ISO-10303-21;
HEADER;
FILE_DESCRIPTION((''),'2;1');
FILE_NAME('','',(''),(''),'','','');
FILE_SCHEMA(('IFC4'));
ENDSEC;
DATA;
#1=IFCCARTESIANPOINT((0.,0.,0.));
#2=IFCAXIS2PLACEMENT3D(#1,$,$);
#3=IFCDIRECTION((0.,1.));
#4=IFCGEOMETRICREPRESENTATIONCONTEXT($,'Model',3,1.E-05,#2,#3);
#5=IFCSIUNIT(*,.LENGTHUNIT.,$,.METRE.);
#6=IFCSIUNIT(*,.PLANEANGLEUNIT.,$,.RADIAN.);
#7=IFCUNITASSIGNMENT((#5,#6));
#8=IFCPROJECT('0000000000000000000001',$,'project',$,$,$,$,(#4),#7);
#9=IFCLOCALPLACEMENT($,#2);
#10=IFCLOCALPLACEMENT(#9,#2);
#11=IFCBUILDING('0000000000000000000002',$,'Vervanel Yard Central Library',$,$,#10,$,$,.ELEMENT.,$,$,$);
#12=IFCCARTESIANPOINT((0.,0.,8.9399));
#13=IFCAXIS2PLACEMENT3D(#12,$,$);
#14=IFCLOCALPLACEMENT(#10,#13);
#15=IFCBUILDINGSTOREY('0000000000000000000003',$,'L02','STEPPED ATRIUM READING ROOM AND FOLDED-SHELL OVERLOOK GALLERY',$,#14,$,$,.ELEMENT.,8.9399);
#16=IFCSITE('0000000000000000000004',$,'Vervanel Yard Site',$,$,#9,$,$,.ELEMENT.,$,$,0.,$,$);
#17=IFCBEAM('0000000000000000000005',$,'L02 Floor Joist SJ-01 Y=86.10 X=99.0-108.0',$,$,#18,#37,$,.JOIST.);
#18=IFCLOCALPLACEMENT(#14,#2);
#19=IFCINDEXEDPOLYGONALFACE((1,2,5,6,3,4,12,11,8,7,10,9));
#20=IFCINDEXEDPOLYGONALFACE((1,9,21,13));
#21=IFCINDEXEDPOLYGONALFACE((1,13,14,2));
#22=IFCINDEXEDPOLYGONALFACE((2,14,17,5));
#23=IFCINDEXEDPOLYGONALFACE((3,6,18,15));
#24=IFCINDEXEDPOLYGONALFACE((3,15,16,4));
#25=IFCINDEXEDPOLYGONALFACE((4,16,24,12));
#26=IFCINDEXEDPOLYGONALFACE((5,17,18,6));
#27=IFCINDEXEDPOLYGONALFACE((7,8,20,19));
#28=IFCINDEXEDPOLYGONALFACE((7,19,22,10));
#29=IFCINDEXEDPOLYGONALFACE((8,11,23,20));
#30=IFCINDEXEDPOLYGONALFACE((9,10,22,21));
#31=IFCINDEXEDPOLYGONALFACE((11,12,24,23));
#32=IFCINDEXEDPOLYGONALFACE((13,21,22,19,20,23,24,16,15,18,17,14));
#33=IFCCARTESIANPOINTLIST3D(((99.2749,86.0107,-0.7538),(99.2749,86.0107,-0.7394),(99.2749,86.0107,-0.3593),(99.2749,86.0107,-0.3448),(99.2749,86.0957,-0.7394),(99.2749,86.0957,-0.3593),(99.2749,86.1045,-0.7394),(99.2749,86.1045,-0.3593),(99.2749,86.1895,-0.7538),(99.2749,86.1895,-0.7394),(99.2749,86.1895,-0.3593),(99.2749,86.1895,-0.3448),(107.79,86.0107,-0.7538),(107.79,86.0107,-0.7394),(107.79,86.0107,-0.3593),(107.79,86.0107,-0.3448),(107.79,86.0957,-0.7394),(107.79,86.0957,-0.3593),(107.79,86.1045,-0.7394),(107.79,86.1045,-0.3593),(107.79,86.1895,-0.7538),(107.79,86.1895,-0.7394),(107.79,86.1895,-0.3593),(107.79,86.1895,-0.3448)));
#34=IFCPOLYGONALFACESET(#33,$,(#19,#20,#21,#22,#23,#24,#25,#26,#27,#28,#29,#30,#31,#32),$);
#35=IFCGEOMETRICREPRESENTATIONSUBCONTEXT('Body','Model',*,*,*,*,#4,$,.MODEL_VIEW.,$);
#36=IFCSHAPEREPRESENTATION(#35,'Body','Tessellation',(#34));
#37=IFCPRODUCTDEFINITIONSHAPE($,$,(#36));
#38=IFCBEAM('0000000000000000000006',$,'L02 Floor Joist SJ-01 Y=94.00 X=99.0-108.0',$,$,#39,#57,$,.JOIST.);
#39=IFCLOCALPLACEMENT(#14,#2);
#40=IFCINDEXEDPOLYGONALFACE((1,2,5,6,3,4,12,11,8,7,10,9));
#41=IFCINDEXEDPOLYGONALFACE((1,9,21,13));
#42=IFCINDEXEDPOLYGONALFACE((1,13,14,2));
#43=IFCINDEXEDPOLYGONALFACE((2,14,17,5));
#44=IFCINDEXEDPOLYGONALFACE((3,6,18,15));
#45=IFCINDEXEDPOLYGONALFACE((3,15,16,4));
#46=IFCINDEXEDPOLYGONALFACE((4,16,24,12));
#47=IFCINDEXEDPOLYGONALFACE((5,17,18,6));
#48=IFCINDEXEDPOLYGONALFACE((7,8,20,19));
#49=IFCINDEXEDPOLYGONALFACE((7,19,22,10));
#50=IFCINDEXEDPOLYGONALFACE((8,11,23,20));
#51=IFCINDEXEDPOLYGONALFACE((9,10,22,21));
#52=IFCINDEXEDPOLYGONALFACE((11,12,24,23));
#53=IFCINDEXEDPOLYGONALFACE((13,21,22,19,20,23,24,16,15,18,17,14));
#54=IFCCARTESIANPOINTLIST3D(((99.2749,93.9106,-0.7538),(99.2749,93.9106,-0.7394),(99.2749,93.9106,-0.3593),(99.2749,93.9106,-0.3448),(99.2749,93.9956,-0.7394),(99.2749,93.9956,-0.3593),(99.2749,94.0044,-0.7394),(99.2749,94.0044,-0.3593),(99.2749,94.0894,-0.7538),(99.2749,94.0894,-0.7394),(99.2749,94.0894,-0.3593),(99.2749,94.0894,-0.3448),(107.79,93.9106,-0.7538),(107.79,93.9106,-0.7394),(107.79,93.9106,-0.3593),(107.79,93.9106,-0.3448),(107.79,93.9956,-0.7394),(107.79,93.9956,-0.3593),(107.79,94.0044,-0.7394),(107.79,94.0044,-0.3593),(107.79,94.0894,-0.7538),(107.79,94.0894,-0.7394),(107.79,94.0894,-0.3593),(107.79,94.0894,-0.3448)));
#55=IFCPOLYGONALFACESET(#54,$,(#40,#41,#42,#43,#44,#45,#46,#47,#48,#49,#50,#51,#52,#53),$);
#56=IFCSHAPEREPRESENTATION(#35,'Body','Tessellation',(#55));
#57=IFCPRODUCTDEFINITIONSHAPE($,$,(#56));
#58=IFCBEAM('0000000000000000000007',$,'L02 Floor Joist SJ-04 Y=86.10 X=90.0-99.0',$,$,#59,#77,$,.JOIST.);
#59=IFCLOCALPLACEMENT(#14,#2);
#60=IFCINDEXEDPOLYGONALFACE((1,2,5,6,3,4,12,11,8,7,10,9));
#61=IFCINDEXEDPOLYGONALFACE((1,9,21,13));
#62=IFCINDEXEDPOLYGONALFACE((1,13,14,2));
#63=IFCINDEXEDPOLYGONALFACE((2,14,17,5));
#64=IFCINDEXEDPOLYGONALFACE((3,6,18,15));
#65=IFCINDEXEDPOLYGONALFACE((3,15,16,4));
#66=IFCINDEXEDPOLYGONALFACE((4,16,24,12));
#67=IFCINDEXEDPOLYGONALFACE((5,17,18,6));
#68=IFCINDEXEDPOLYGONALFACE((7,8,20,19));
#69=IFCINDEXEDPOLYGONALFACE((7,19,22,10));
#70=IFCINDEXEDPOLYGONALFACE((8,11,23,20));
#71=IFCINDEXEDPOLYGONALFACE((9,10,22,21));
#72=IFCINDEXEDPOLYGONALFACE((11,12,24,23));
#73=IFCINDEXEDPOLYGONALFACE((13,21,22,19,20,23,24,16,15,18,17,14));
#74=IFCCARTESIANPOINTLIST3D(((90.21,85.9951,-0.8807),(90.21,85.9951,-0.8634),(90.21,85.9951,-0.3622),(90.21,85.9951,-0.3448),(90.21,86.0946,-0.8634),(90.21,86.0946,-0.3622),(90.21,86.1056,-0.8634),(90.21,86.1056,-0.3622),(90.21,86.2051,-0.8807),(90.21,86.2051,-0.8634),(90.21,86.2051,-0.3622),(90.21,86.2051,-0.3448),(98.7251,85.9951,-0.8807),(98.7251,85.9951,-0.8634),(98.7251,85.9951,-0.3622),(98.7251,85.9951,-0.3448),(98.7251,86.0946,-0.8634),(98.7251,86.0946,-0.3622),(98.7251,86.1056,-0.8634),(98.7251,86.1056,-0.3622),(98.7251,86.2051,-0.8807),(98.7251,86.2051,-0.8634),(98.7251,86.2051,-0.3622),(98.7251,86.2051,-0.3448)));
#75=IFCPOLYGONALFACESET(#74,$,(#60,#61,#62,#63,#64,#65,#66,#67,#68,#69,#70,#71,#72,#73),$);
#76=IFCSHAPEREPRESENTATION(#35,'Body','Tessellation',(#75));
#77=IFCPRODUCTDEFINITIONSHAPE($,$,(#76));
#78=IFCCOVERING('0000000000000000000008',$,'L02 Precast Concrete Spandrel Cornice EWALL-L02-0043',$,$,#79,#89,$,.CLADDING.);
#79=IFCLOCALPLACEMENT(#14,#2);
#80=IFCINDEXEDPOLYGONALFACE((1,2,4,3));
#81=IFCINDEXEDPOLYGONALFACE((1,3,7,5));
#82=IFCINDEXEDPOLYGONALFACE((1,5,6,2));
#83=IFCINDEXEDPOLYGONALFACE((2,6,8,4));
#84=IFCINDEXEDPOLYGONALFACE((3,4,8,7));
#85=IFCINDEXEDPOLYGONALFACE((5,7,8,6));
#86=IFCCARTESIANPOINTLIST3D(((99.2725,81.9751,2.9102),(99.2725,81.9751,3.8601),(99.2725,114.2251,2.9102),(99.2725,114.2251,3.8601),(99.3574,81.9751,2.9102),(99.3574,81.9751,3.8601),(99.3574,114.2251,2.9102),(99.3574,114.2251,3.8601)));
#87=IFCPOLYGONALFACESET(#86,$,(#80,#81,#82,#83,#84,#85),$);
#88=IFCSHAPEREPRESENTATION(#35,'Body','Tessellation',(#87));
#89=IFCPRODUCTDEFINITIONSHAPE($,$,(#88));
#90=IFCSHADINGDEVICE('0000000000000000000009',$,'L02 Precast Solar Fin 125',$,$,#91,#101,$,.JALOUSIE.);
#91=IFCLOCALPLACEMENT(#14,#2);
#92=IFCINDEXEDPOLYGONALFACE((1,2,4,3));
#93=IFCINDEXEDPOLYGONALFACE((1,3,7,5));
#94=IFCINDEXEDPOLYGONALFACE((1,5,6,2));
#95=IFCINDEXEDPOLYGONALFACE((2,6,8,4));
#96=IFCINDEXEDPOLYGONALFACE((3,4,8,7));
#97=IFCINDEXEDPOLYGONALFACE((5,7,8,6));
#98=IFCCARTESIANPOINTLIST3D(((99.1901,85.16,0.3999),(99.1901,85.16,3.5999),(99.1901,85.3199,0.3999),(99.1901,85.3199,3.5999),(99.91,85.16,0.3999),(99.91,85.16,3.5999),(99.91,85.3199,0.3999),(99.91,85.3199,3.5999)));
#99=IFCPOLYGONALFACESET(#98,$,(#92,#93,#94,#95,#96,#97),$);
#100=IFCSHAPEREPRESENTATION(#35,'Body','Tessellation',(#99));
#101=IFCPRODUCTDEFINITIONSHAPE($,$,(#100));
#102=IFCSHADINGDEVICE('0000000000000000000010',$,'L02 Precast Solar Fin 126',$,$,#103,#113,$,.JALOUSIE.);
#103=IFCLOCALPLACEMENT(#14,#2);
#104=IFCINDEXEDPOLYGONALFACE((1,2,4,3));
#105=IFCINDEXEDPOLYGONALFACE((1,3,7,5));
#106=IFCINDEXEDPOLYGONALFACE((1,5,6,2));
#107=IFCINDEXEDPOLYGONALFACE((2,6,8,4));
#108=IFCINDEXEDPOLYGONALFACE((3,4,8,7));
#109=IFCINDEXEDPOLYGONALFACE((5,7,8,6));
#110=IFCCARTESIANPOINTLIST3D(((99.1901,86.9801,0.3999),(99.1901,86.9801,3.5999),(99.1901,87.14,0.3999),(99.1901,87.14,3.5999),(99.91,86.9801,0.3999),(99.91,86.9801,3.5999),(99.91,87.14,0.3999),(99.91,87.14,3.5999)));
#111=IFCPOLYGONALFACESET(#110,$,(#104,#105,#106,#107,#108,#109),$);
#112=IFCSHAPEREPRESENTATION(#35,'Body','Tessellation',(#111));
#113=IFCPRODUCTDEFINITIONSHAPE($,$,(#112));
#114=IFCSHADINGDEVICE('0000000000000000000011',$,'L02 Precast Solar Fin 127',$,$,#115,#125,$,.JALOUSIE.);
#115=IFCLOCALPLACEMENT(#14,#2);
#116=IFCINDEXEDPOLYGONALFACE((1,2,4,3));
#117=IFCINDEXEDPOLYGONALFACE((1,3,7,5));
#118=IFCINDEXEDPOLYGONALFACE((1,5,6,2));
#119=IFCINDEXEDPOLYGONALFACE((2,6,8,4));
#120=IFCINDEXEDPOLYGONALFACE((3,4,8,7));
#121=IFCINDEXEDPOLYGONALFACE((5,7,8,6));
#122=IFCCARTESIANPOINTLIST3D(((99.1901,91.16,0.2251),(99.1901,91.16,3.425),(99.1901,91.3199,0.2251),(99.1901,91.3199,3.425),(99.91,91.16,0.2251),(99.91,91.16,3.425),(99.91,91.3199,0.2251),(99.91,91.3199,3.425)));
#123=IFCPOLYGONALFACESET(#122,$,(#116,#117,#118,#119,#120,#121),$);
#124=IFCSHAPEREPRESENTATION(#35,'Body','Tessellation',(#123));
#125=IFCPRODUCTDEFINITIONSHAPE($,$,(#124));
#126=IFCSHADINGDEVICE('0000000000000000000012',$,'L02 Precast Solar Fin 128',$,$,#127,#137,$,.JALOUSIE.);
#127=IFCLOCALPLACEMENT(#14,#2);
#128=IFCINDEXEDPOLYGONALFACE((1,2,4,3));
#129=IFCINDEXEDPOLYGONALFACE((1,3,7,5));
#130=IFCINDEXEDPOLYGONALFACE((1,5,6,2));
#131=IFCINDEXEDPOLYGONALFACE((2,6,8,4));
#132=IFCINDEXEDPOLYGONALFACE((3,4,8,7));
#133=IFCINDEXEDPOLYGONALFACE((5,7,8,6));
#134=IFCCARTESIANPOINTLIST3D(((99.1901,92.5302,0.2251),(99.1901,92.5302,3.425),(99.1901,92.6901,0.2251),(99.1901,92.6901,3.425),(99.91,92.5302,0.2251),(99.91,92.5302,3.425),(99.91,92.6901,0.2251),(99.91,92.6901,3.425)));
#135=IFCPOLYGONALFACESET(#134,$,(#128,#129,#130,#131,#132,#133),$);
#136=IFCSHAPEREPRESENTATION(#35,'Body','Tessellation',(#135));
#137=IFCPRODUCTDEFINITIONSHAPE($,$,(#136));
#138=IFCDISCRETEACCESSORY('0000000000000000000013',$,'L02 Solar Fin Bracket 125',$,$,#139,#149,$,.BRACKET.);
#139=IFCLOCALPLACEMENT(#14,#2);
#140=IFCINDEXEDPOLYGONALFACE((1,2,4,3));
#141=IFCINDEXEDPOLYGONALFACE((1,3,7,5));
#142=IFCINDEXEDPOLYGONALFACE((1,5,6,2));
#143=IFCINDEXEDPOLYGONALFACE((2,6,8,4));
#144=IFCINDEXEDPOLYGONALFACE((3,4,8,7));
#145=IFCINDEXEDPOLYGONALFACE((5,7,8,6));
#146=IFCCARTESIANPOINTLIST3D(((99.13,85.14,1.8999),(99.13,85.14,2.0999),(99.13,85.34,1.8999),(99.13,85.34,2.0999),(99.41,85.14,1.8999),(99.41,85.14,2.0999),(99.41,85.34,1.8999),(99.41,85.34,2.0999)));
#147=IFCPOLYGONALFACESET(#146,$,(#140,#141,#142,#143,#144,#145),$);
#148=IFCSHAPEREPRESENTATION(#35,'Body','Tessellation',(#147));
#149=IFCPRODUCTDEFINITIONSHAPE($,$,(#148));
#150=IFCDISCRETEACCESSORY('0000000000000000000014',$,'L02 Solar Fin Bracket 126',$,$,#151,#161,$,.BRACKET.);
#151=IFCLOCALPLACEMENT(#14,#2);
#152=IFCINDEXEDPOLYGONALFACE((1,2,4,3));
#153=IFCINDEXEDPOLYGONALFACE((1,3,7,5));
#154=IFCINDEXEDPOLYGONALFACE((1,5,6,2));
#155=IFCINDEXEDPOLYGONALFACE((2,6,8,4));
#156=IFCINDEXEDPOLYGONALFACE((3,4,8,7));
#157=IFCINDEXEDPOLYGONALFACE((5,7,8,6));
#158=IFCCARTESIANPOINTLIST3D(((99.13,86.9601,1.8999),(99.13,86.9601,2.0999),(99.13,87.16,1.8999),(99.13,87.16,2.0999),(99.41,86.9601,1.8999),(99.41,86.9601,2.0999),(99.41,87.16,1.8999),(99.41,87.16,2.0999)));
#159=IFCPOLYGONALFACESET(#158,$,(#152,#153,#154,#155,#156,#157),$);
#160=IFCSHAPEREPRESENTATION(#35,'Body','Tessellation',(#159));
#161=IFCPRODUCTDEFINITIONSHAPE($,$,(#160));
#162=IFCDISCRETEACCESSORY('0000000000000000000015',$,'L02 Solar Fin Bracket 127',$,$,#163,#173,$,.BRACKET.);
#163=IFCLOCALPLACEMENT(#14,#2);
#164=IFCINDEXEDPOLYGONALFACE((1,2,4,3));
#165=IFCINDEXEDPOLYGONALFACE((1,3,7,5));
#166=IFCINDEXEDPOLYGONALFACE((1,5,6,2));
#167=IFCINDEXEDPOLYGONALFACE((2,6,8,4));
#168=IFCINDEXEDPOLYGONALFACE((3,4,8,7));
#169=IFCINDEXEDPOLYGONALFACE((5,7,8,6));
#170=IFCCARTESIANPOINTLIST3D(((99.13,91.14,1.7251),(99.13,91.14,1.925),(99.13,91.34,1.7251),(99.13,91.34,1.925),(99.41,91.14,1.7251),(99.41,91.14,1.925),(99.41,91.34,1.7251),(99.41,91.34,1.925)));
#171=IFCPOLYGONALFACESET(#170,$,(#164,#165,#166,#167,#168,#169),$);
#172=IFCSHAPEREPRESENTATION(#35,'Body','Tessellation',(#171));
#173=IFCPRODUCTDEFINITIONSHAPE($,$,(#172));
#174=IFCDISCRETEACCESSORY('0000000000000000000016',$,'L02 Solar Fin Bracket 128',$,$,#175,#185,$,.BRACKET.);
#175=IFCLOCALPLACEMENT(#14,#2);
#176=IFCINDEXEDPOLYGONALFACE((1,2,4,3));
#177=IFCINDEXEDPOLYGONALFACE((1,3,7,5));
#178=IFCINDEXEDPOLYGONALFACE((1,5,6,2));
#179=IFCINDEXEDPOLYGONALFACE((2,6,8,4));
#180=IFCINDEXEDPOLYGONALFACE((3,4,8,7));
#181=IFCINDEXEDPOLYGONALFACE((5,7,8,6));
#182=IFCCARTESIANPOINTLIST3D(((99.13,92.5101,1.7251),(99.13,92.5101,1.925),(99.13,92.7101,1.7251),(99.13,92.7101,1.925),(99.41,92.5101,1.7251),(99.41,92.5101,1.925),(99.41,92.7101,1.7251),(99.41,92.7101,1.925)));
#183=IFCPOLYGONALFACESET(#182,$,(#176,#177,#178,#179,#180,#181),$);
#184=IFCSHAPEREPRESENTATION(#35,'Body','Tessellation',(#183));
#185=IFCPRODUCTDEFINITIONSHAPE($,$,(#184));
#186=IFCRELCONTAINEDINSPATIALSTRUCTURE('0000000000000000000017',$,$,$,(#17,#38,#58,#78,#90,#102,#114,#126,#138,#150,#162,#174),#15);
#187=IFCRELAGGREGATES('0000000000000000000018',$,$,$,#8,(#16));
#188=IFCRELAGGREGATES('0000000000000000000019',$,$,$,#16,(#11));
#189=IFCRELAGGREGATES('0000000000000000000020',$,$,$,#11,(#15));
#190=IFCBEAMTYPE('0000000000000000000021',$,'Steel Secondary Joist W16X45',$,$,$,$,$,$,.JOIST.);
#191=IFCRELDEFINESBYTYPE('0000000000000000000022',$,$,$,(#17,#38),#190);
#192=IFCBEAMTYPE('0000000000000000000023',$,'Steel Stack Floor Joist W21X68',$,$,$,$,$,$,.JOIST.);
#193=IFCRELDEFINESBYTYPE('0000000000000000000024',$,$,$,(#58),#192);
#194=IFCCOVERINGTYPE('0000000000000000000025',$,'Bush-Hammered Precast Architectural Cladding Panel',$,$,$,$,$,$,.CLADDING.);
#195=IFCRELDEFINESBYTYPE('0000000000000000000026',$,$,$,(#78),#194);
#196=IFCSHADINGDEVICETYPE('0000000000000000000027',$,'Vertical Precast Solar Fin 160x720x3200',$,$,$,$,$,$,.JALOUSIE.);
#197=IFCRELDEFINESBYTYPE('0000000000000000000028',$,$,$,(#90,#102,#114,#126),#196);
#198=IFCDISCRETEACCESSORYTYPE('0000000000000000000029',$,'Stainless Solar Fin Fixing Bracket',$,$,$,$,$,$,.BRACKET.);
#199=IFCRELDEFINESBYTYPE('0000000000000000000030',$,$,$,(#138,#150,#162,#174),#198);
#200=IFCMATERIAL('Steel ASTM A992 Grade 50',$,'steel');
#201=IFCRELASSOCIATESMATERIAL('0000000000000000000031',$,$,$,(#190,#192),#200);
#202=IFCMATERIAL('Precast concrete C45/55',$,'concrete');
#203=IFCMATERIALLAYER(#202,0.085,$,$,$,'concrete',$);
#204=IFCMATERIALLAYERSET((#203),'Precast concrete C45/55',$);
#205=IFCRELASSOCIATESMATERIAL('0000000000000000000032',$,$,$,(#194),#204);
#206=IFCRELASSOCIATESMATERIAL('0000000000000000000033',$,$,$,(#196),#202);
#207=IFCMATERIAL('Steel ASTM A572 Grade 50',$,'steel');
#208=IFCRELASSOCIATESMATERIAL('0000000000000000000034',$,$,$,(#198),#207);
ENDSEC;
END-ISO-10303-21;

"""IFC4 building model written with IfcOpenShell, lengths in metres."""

from ifc_helpers import new_model, si_unit, direction, frame, origin, origin_2d, place, context, subcontext, project, spatial, rectangle, i_section, extrude, material, layer, layer_set, material_profile, profile_set, type_object, element, save


model = new_model("IFC4")

# Units and contexts
model_context = context("Model", 3, precision=1e-05, world=origin(), true_north=direction((0.0, 1.0)))
body_context = subcontext(model_context, "Body", "Model", "MODEL_VIEW")
ifc_project = project(units=[si_unit("LENGTHUNIT", "METRE"), si_unit("PLANEANGLEUNIT", "RADIAN")], contexts=[model_context])

# Site, building, storey
site_placement = place(None, origin())
site = spatial("IfcSite", under=ifc_project, at=site_placement, Name="Vervanel Yard Site", CompositionType="ELEMENT", RefElevation=0.0)
building_placement = place(site_placement, origin())
building = spatial("IfcBuilding", under=site, at=building_placement, Name="Vervanel Yard Central Library", CompositionType="ELEMENT")
storey_placement = place(building_placement, frame((0.0, 0.0, 8.9399)))
storey = spatial("IfcBuildingStorey", under=building, at=storey_placement, Name="L02", Description="STEPPED ATRIUM READING ROOM AND FOLDED-SHELL OVERLOOK GALLERY", CompositionType="ELEMENT", Elevation=8.9399)

# Beams
ifc_material_1 = material(Name="Steel ASTM A992 Grade 50", Category="steel")
ifc_material_profile_1 = material_profile(ifc_material_1, i_section(OverallWidth=0.1787, OverallDepth=0.4089, WebThickness=0.0088, FlangeThickness=0.0144, at=origin_2d()), Name="W16X45", Category="steel")
ifc_profile_set_1 = profile_set([ifc_material_profile_1], Name="Steel ASTM A992 Grade 50")
beam_type_1 = type_object("IfcBeamType", Name="Steel Secondary Joist W16X45", PredefinedType="JOIST", material=ifc_profile_set_1)
for number, where, z_axis, x_axis, name in (
    (1, (99.2749, 86.1001, -0.5493), (1.0, 0.0, 0.0), (0.0, 1.0, 0.0), "L02 Floor Joist SJ-01 Y=86.10 X=99.0-108.0"),
    (2, (99.2749, 94.0, -0.5493), (1.0, 0.0, 0.0), (0.0, 1.0, 0.0), "L02 Floor Joist SJ-01 Y=94.00 X=99.0-108.0"),
):
    element("IfcBeam", number, at=place(storey_placement, frame(where, z_axis=z_axis, x_axis=x_axis)), inside=storey, type_object=beam_type_1, Name=name, PredefinedType="JOIST", context=body_context, shape_type="SweptSolid", body=[
        extrude(i_section(OverallWidth=0.1787, OverallDepth=0.4089, WebThickness=0.0088, FlangeThickness=0.0144, at=origin_2d()), origin(), (0.0, 0.0, 1.0), 8.5151),
    ])
ifc_material_profile_2 = material_profile(ifc_material_1, i_section(OverallWidth=0.21, OverallDepth=0.5359, WebThickness=0.011, FlangeThickness=0.0173, at=origin_2d()), Name="W21X68", Category="steel")
ifc_profile_set_2 = profile_set([ifc_material_profile_2], Name="Steel ASTM A992 Grade 50")
beam_type_2 = type_object("IfcBeamType", Name="Steel Stack Floor Joist W21X68", PredefinedType="JOIST", material=ifc_profile_set_2)
beam_1_placement = place(storey_placement, frame((90.21, 86.1001, -0.6128), z_axis=(1.0, 0.0, 0.0), x_axis=(0.0, 1.0, 0.0)))
element("IfcBeam", 3, at=beam_1_placement, inside=storey, type_object=beam_type_2, Name="L02 Floor Joist SJ-04 Y=86.10 X=90.0-99.0", PredefinedType="JOIST", context=body_context, shape_type="SweptSolid", body=[
    extrude(i_section(OverallWidth=0.21, OverallDepth=0.5359, WebThickness=0.011, FlangeThickness=0.0173, at=origin_2d()), origin(), (0.0, 0.0, 1.0), 8.5151),
])

# Covering
ifc_material_2 = material(Name="Precast concrete C45/55", Category="concrete")
ifc_layer_1 = layer(ifc_material_2, 0.085, Category="concrete")
ifc_layer_set_1 = layer_set([ifc_layer_1], Name="Precast concrete C45/55")
covering_type = type_object("IfcCoveringType", Name="Bush-Hammered Precast Architectural Cladding Panel", PredefinedType="CLADDING", material=ifc_layer_set_1)
covering_placement = place(storey_placement, frame((99.3149, 98.1001, 2.9102), z_axis=(0.0, 0.0, 1.0), x_axis=(0.0, 1.0, 0.0)))
element("IfcCovering", 4, at=covering_placement, inside=storey, type_object=covering_type, Name="L02 Precast Concrete Spandrel Cornice EWALL-L02-0043", PredefinedType="CLADDING", context=body_context, shape_type="SweptSolid", body=[
    extrude(rectangle(XDim=32.25, YDim=0.085, at=origin_2d()), origin(), (0.0, 0.0, 1.0), 0.95),
])

# Shading devices
shading_device_type = type_object("IfcShadingDeviceType", Name="Vertical Precast Solar Fin 160x720x3200", PredefinedType="JALOUSIE", material=ifc_material_2)
for number, where, z_axis, x_axis, name in (
    (5, (99.55, 85.24, 0.3999), (0.0, 0.0, 1.0), (0.0, 1.0, 0.0), "L02 Precast Solar Fin 125"),
    (6, (99.55, 87.0601, 0.3999), (0.0, 0.0, 1.0), (0.0, 1.0, 0.0), "L02 Precast Solar Fin 126"),
    (7, (99.55, 91.24, 0.2251), (0.0, 0.0, 1.0), (0.0, 1.0, 0.0), "L02 Precast Solar Fin 127"),
    (8, (99.55, 92.6101, 0.2251), (0.0, 0.0, 1.0), (0.0, 1.0, 0.0), "L02 Precast Solar Fin 128"),
):
    element("IfcShadingDevice", number, at=place(storey_placement, frame(where, z_axis=z_axis, x_axis=x_axis)), inside=storey, type_object=shading_device_type, Name=name, PredefinedType="JALOUSIE", context=body_context, shape_type="SweptSolid", body=[
        extrude(rectangle(XDim=0.1599, YDim=0.72, at=origin_2d()), origin(), (0.0, 0.0, 1.0), 3.2),
    ])

# Discrete accessories
ifc_material_3 = material(Name="Steel ASTM A572 Grade 50", Category="steel")
discrete_accessory_type = type_object("IfcDiscreteAccessoryType", Name="Stainless Solar Fin Fixing Bracket", PredefinedType="BRACKET", material=ifc_material_3)
for number, where, z_axis, x_axis, name in (
    (9, (99.27, 85.24, 1.8999), (0.0, 0.0, 1.0), (0.0, 1.0, 0.0), "L02 Solar Fin Bracket 125"),
    (10, (99.27, 87.0601, 1.8999), (0.0, 0.0, 1.0), (0.0, 1.0, 0.0), "L02 Solar Fin Bracket 126"),
    (11, (99.27, 91.24, 1.7251), (0.0, 0.0, 1.0), (0.0, 1.0, 0.0), "L02 Solar Fin Bracket 127"),
    (12, (99.27, 92.6101, 1.7251), (0.0, 0.0, 1.0), (0.0, 1.0, 0.0), "L02 Solar Fin Bracket 128"),
):
    element("IfcDiscreteAccessory", number, at=place(storey_placement, frame(where, z_axis=z_axis, x_axis=x_axis)), inside=storey, type_object=discrete_accessory_type, Name=name, PredefinedType="BRACKET", context=body_context, shape_type="SweptSolid", body=[
        extrude(rectangle(XDim=0.2, YDim=0.28, at=origin_2d()), origin(), (0.0, 0.0, 1.0), 0.2),
    ])

save(model, "model.ifc")
